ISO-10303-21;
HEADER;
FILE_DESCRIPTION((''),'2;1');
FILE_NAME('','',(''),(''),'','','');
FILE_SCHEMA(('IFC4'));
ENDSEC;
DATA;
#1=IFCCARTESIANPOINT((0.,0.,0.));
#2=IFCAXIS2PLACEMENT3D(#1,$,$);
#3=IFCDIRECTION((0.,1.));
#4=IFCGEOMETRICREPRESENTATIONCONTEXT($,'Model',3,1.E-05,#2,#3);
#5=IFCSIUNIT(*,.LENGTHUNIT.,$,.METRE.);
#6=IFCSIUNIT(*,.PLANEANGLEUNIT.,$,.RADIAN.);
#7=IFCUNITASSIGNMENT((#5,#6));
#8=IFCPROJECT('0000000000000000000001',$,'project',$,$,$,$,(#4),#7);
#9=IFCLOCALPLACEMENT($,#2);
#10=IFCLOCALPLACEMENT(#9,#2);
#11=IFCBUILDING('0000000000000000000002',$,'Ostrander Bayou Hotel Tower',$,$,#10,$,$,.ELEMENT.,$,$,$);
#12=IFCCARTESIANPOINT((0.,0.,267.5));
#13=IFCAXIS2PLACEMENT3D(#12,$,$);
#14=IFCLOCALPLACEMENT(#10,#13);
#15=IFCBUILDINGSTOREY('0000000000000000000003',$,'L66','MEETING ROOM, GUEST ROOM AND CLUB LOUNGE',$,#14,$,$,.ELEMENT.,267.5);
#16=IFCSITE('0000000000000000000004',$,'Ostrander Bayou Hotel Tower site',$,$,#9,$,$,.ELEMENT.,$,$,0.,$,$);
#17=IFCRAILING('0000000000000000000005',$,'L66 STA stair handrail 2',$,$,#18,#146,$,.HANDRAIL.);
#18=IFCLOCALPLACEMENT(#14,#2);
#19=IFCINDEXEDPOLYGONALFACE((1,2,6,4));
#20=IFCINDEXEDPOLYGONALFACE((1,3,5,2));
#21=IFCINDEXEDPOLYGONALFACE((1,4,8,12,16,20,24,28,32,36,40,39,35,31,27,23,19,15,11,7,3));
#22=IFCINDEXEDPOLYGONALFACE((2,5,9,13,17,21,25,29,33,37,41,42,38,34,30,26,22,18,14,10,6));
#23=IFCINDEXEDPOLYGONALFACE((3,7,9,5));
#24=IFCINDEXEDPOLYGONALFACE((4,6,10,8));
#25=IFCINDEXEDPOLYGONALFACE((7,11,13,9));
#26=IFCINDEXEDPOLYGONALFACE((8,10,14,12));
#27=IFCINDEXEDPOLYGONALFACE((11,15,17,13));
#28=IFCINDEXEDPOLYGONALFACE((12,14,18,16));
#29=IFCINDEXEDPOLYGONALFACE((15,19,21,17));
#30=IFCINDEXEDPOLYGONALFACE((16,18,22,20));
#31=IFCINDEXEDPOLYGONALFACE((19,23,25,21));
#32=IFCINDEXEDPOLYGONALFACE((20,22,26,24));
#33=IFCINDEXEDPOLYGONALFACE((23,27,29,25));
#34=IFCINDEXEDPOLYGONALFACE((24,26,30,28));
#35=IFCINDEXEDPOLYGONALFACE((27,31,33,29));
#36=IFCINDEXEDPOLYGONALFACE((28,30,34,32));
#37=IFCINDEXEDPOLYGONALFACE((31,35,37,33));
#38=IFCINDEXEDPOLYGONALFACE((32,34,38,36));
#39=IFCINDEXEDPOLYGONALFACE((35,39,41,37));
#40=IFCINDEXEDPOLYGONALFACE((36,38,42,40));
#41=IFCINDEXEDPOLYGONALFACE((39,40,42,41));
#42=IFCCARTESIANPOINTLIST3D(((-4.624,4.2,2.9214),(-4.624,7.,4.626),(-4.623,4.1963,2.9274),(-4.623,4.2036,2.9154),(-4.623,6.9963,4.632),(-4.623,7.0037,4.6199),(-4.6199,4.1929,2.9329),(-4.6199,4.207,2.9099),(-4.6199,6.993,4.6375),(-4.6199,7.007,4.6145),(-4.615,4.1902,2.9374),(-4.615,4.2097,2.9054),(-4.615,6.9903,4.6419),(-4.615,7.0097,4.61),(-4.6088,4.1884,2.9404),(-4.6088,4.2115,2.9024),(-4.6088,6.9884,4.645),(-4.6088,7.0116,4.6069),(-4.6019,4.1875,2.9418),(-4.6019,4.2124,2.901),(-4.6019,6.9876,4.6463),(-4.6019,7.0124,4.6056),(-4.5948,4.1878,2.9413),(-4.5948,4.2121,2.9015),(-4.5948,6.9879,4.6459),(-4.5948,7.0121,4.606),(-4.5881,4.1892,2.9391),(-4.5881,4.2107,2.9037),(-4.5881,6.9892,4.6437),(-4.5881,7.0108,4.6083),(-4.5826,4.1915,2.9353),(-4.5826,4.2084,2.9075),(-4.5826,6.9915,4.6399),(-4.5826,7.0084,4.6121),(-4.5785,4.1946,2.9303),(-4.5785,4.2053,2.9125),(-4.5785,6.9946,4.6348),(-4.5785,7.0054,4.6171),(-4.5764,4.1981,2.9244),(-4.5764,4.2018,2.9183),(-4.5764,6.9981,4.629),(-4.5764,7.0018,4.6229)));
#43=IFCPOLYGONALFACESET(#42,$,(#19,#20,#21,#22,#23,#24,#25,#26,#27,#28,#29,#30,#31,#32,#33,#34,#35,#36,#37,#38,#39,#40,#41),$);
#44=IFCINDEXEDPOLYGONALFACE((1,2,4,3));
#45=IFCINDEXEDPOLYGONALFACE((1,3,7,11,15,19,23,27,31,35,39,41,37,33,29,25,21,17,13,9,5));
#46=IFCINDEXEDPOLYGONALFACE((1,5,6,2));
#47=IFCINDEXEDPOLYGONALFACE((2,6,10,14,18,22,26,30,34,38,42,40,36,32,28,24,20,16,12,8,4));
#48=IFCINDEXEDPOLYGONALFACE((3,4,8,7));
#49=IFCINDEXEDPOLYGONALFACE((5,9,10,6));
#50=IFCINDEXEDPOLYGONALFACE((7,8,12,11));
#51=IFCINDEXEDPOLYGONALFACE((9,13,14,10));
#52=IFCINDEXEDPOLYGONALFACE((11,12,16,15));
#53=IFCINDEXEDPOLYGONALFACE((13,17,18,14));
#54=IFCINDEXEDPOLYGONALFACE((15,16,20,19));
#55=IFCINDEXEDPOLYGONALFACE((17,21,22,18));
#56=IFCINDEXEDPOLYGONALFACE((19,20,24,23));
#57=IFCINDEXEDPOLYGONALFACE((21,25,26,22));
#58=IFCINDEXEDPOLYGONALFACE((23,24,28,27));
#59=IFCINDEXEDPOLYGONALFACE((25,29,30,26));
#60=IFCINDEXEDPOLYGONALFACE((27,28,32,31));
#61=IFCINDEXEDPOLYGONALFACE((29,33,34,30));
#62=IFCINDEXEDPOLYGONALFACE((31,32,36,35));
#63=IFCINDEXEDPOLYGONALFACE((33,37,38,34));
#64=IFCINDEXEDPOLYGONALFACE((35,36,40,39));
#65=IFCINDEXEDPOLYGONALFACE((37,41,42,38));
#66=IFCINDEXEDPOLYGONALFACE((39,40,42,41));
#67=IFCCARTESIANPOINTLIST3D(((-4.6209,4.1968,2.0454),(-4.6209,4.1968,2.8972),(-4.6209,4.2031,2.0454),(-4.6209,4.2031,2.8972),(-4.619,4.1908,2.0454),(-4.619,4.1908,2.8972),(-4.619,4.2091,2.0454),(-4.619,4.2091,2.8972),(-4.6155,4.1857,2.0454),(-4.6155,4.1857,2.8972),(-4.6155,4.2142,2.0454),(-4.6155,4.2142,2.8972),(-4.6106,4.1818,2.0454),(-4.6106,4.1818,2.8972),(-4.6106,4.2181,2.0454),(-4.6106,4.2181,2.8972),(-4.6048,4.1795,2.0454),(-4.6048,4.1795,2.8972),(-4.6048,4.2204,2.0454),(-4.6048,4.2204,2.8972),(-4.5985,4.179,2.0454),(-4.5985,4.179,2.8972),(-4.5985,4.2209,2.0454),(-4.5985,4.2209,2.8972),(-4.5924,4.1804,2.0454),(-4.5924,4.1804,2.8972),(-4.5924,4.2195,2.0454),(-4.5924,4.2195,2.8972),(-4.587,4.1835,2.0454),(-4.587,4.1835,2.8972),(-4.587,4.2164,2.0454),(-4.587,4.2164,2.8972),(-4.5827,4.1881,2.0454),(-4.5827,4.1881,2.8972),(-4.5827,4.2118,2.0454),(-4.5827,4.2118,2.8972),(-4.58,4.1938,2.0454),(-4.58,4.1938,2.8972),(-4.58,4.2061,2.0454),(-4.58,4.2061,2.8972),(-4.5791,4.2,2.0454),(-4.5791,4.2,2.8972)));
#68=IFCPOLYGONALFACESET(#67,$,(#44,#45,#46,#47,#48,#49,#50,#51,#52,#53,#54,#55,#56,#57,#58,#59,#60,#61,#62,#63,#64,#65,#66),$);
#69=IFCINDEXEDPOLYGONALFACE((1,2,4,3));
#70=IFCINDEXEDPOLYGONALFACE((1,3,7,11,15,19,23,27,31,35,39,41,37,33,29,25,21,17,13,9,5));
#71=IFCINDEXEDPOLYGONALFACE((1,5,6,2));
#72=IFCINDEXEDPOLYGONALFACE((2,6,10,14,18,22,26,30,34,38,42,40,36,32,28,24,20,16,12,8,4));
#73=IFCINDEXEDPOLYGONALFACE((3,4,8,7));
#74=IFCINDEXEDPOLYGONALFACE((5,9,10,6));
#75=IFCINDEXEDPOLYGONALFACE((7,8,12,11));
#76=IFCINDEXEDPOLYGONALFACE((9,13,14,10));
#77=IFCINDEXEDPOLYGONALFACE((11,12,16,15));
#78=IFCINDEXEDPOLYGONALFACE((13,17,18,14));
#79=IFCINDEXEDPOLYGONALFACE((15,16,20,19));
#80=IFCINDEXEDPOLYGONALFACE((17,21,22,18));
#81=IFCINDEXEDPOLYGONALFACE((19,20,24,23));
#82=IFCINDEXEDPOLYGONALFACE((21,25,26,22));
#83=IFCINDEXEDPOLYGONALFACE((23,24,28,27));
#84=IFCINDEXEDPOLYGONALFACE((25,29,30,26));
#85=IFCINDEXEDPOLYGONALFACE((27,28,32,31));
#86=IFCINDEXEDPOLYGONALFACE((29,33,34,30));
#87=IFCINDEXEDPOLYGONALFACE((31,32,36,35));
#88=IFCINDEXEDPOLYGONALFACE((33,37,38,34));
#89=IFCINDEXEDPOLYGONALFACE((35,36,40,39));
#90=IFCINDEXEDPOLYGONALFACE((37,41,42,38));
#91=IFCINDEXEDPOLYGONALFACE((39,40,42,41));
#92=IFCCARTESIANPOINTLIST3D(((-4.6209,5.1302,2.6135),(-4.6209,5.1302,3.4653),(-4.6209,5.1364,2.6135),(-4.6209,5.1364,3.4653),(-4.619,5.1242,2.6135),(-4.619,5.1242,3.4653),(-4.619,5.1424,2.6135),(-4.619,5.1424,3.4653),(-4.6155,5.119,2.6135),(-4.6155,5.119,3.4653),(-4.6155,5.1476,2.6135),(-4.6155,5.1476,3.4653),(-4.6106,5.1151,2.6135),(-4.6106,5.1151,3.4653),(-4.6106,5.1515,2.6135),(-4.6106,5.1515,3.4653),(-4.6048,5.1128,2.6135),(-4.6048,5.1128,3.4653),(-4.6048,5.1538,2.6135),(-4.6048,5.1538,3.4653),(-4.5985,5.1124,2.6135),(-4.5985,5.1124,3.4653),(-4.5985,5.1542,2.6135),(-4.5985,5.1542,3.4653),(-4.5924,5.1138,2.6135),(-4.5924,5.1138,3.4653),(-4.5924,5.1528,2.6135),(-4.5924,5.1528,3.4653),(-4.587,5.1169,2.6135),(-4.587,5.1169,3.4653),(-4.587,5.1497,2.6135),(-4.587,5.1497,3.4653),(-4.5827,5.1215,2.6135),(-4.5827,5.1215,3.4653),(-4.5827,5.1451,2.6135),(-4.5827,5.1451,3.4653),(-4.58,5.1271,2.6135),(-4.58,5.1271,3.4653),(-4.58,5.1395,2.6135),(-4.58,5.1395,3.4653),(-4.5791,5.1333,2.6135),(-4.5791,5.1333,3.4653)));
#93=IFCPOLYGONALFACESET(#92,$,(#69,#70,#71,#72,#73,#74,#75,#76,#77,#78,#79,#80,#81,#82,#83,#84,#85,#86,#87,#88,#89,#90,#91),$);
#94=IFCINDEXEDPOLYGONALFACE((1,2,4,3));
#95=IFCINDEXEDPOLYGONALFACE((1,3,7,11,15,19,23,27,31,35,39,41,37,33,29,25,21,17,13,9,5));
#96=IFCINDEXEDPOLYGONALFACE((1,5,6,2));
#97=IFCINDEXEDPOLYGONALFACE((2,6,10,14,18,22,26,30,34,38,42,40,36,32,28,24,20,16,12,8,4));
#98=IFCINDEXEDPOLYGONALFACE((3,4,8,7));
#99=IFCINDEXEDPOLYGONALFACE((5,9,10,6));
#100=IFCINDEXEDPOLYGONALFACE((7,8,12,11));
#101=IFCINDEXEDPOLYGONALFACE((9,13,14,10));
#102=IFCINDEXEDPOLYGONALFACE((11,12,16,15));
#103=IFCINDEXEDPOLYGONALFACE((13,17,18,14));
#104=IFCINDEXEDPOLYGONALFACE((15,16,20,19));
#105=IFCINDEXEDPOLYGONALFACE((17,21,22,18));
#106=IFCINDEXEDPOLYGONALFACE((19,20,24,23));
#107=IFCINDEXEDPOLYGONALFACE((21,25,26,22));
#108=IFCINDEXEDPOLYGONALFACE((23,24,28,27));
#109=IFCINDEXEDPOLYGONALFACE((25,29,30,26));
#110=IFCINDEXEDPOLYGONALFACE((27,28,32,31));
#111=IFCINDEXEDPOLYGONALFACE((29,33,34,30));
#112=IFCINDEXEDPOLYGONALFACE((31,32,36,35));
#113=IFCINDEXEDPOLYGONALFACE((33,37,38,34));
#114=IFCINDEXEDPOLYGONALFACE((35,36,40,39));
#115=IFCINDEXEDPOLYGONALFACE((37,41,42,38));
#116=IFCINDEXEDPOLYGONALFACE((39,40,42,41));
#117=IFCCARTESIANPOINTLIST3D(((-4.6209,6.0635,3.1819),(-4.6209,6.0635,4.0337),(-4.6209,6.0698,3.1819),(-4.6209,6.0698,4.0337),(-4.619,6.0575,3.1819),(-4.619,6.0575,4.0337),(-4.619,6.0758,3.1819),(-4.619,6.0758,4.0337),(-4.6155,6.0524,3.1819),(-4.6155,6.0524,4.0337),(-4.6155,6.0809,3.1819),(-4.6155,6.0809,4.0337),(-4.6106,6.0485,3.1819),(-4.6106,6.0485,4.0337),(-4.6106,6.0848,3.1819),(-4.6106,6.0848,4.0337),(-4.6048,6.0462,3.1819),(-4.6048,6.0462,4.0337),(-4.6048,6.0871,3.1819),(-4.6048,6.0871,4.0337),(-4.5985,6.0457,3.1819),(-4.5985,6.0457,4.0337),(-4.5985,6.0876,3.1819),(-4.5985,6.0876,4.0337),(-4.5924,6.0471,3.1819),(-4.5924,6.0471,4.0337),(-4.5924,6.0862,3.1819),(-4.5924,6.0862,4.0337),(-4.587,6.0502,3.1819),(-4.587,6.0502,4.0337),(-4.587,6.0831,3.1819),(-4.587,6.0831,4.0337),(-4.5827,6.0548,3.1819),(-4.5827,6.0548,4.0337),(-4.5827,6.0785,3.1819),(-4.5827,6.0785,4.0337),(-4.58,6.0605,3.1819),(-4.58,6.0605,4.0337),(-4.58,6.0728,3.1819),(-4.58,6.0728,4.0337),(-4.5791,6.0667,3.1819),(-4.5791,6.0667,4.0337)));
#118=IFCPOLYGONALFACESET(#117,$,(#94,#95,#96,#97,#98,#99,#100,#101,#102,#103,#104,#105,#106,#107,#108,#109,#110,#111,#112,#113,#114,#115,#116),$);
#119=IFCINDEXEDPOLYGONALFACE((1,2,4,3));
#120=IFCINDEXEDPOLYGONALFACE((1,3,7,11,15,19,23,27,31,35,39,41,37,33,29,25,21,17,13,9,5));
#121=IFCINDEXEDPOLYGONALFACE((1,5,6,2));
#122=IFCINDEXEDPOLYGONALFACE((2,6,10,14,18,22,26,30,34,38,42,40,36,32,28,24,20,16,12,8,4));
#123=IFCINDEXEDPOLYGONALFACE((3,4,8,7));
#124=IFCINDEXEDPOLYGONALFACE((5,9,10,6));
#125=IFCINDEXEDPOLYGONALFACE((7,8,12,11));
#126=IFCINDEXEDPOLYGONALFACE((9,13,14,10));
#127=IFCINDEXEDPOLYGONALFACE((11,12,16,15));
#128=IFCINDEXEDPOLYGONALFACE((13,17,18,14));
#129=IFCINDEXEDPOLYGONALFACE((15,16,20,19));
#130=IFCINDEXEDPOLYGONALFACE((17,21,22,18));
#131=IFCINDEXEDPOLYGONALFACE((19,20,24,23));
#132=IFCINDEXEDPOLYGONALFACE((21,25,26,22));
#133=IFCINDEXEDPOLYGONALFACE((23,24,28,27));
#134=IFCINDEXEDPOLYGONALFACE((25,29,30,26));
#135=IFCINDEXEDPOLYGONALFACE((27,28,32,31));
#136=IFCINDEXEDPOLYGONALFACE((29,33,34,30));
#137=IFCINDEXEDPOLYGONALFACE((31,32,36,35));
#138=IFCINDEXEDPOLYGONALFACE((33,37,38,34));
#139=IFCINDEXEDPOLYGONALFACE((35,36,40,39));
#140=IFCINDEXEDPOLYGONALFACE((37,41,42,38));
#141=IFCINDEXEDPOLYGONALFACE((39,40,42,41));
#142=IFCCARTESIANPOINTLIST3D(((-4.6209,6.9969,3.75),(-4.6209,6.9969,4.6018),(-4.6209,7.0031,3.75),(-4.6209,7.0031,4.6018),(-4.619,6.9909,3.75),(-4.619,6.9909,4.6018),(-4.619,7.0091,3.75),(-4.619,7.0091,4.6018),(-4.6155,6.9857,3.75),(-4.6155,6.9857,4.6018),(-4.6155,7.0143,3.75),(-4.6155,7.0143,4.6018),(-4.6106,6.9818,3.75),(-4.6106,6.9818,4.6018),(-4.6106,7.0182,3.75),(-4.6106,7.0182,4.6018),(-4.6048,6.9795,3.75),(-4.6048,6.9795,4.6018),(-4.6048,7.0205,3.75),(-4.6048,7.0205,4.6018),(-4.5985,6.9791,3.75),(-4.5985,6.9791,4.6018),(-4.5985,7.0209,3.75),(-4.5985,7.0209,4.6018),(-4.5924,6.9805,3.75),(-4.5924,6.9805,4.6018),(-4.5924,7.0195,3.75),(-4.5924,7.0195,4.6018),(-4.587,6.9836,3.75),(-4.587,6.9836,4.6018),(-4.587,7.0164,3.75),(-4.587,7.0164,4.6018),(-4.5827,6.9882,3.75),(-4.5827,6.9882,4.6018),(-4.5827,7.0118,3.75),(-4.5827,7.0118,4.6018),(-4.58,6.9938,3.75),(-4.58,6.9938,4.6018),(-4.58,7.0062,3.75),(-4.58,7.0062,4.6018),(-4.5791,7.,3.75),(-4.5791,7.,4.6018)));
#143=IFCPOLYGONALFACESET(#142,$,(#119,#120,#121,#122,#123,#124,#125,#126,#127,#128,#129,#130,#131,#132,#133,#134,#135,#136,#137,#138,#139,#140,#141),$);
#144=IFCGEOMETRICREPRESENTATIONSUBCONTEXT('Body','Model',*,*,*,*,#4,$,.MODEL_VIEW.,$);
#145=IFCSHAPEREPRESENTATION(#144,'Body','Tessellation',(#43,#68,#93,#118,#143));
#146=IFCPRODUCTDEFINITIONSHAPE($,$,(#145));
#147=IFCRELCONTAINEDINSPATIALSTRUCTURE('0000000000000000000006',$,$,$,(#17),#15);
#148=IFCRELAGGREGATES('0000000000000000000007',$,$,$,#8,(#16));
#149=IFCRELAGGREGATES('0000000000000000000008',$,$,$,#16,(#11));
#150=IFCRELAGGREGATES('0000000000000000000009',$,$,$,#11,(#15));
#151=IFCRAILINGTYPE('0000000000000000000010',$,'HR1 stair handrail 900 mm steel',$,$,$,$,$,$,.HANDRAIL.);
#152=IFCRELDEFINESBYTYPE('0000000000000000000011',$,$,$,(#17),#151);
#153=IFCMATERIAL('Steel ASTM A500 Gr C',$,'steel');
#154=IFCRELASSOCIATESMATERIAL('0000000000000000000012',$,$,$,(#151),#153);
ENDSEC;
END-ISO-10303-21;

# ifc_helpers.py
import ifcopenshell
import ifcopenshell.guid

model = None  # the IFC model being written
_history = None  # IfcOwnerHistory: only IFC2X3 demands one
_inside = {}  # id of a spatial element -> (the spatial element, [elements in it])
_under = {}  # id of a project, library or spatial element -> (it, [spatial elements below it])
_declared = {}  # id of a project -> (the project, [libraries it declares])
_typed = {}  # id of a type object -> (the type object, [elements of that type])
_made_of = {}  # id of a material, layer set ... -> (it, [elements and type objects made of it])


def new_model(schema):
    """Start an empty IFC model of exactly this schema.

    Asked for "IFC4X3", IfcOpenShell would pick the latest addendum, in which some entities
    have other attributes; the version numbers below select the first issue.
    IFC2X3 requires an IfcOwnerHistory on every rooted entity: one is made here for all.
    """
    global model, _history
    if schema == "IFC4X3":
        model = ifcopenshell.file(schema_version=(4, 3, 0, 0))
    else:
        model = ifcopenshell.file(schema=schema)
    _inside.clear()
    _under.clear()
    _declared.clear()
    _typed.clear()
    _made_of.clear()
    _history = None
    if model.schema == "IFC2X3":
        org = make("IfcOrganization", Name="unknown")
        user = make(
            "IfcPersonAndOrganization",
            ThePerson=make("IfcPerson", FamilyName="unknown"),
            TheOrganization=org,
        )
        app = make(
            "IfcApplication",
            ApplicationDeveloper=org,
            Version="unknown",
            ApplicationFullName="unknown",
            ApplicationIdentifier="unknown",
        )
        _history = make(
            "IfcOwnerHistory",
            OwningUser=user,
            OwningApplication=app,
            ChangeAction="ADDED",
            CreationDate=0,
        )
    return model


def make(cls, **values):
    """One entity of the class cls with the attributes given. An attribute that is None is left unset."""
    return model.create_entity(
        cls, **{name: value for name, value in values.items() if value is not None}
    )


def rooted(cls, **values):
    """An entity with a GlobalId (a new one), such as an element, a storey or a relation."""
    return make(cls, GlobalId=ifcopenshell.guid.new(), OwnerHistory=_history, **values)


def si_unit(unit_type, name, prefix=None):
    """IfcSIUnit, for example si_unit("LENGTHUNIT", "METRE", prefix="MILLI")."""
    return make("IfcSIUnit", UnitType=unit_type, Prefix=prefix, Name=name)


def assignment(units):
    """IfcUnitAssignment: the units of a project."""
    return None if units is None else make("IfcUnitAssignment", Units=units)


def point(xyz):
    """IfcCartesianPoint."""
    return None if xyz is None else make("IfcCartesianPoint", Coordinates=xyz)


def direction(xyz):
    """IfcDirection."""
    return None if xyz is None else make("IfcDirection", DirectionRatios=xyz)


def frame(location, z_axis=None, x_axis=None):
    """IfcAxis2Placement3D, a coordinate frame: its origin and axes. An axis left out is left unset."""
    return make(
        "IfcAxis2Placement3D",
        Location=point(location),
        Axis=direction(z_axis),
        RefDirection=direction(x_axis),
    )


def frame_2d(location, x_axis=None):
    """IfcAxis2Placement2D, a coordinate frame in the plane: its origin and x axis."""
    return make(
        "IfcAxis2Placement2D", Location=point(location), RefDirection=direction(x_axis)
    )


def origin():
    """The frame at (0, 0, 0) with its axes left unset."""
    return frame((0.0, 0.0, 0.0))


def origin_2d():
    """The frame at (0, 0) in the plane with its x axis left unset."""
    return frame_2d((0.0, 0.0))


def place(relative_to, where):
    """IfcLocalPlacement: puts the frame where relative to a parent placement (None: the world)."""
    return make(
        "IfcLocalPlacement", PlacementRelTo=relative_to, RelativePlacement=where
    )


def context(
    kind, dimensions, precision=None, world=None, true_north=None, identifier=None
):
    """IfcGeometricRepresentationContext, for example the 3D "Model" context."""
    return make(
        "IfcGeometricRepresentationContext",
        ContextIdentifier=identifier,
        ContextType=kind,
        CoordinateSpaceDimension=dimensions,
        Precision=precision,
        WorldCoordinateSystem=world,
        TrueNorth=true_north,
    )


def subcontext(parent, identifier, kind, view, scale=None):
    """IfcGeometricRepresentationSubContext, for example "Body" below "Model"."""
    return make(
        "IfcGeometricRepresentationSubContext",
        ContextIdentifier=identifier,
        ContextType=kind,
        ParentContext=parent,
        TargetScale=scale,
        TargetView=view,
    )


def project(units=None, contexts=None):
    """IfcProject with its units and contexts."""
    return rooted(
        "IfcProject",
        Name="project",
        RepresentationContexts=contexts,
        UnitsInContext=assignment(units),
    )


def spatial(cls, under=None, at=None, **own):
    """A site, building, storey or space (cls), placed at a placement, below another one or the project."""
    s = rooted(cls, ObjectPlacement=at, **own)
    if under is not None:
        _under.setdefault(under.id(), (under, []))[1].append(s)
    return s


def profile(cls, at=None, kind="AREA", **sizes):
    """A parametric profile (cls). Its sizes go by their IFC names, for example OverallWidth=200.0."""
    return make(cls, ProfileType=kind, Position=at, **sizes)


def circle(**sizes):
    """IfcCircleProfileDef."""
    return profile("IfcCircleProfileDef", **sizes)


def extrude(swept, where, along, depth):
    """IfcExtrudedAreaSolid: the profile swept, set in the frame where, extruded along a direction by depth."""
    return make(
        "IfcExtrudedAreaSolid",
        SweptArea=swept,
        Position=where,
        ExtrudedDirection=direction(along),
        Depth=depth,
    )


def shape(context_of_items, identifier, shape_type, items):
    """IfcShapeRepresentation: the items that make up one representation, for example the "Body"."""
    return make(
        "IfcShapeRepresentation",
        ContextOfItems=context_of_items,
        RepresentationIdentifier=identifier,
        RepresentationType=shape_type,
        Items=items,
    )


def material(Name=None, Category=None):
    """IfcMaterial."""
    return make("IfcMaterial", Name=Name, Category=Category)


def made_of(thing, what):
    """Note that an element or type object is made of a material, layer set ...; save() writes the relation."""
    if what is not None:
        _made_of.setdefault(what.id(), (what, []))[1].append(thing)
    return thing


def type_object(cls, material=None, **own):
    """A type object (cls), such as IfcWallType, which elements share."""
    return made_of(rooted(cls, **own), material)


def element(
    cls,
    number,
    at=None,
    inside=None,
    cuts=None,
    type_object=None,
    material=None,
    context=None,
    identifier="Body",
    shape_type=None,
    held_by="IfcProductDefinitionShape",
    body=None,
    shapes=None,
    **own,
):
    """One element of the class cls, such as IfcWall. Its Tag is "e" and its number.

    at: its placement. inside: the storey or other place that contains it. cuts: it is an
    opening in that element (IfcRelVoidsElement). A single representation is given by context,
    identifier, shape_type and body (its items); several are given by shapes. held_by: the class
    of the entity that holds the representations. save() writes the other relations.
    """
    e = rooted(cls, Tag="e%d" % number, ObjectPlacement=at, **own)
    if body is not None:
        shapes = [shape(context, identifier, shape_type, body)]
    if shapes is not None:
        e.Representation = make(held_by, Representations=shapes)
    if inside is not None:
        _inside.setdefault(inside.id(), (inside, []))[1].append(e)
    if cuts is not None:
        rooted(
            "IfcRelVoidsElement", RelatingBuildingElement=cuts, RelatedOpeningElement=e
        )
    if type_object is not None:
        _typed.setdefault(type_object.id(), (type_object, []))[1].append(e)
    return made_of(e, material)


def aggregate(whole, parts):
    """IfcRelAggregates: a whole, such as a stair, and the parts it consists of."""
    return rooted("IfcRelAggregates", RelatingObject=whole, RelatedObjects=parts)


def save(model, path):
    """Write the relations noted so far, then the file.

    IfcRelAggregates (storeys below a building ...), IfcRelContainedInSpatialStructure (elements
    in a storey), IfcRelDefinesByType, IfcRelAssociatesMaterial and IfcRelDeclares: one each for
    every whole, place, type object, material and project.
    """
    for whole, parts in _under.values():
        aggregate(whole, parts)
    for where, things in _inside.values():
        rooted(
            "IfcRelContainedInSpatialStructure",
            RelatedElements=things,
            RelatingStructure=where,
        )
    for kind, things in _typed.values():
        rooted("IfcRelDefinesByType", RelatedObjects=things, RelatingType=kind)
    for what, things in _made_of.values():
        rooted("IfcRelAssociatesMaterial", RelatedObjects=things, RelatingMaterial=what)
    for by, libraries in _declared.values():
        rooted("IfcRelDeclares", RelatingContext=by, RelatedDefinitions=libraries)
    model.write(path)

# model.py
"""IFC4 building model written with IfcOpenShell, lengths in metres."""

from ifc_helpers import new_model, si_unit, direction, frame, origin, origin_2d, place, context, subcontext, project, spatial, circle, extrude, material, type_object, element, save


model = new_model("IFC4")

# Units and contexts
model_context = context("Model", 3, precision=1e-05, world=origin(), true_north=direction((0.0, 1.0)))
body_context = subcontext(model_context, "Body", "Model", "MODEL_VIEW")
ifc_project = project(units=[si_unit("LENGTHUNIT", "METRE"), si_unit("PLANEANGLEUNIT", "RADIAN")], contexts=[model_context])

# Site, building, storey
site_placement = place(None, origin())
site = spatial("IfcSite", under=ifc_project, at=site_placement, Name="Ostrander Bayou Hotel Tower site", CompositionType="ELEMENT", RefElevation=0.0)
building_placement = place(site_placement, origin())
building = spatial("IfcBuilding", under=site, at=building_placement, Name="Ostrander Bayou Hotel Tower", CompositionType="ELEMENT")
storey_placement = place(building_placement, frame((0.0, 0.0, 267.5)))
storey = spatial("IfcBuildingStorey", under=building, at=storey_placement, Name="L66", Description="MEETING ROOM, GUEST ROOM AND CLUB LOUNGE", CompositionType="ELEMENT", Elevation=267.5)

# Railing
ifc_material_1 = material(Name="Steel ASTM A500 Gr C", Category="steel")
railing_type_1 = type_object("IfcRailingType", Name="HR1 stair handrail 900 mm steel", PredefinedType="HANDRAIL", material=ifc_material_1)
railing_1_placement = place(storey_placement, frame((-4.6001, 4.2, 2.0454)))
element("IfcRailing", 1, at=railing_1_placement, inside=storey, type_object=railing_type_1, Name="L66 STA stair handrail 2", PredefinedType="HANDRAIL", context=body_context, shape_type="SweptSolid", body=[
    extrude(circle(Radius=0.0239, at=origin_2d()), frame((0.0, 0.0, 0.876), z_axis=(0.0, 0.85417, 0.519994), x_axis=(-1.0, 0.0, 0.0)), (0.0, 0.0, 1.0), 3.2781),
    extrude(circle(Radius=0.021, at=origin_2d()), origin(), (0.0, 0.0, 1.0), 0.8518),
    extrude(circle(Radius=0.021, at=origin_2d()), frame((0.0, 0.9333, 0.5681)), (0.0, 0.0, 1.0), 0.8518),
    extrude(circle(Radius=0.021, at=origin_2d()), frame((0.0, 1.8667, 1.1365)), (0.0, 0.0, 1.0), 0.8518),
    extrude(circle(Radius=0.021, at=origin_2d()), frame((0.0, 2.8, 1.7046)), (0.0, 0.0, 1.0), 0.8518),
])

save(model, "model.ifc")
